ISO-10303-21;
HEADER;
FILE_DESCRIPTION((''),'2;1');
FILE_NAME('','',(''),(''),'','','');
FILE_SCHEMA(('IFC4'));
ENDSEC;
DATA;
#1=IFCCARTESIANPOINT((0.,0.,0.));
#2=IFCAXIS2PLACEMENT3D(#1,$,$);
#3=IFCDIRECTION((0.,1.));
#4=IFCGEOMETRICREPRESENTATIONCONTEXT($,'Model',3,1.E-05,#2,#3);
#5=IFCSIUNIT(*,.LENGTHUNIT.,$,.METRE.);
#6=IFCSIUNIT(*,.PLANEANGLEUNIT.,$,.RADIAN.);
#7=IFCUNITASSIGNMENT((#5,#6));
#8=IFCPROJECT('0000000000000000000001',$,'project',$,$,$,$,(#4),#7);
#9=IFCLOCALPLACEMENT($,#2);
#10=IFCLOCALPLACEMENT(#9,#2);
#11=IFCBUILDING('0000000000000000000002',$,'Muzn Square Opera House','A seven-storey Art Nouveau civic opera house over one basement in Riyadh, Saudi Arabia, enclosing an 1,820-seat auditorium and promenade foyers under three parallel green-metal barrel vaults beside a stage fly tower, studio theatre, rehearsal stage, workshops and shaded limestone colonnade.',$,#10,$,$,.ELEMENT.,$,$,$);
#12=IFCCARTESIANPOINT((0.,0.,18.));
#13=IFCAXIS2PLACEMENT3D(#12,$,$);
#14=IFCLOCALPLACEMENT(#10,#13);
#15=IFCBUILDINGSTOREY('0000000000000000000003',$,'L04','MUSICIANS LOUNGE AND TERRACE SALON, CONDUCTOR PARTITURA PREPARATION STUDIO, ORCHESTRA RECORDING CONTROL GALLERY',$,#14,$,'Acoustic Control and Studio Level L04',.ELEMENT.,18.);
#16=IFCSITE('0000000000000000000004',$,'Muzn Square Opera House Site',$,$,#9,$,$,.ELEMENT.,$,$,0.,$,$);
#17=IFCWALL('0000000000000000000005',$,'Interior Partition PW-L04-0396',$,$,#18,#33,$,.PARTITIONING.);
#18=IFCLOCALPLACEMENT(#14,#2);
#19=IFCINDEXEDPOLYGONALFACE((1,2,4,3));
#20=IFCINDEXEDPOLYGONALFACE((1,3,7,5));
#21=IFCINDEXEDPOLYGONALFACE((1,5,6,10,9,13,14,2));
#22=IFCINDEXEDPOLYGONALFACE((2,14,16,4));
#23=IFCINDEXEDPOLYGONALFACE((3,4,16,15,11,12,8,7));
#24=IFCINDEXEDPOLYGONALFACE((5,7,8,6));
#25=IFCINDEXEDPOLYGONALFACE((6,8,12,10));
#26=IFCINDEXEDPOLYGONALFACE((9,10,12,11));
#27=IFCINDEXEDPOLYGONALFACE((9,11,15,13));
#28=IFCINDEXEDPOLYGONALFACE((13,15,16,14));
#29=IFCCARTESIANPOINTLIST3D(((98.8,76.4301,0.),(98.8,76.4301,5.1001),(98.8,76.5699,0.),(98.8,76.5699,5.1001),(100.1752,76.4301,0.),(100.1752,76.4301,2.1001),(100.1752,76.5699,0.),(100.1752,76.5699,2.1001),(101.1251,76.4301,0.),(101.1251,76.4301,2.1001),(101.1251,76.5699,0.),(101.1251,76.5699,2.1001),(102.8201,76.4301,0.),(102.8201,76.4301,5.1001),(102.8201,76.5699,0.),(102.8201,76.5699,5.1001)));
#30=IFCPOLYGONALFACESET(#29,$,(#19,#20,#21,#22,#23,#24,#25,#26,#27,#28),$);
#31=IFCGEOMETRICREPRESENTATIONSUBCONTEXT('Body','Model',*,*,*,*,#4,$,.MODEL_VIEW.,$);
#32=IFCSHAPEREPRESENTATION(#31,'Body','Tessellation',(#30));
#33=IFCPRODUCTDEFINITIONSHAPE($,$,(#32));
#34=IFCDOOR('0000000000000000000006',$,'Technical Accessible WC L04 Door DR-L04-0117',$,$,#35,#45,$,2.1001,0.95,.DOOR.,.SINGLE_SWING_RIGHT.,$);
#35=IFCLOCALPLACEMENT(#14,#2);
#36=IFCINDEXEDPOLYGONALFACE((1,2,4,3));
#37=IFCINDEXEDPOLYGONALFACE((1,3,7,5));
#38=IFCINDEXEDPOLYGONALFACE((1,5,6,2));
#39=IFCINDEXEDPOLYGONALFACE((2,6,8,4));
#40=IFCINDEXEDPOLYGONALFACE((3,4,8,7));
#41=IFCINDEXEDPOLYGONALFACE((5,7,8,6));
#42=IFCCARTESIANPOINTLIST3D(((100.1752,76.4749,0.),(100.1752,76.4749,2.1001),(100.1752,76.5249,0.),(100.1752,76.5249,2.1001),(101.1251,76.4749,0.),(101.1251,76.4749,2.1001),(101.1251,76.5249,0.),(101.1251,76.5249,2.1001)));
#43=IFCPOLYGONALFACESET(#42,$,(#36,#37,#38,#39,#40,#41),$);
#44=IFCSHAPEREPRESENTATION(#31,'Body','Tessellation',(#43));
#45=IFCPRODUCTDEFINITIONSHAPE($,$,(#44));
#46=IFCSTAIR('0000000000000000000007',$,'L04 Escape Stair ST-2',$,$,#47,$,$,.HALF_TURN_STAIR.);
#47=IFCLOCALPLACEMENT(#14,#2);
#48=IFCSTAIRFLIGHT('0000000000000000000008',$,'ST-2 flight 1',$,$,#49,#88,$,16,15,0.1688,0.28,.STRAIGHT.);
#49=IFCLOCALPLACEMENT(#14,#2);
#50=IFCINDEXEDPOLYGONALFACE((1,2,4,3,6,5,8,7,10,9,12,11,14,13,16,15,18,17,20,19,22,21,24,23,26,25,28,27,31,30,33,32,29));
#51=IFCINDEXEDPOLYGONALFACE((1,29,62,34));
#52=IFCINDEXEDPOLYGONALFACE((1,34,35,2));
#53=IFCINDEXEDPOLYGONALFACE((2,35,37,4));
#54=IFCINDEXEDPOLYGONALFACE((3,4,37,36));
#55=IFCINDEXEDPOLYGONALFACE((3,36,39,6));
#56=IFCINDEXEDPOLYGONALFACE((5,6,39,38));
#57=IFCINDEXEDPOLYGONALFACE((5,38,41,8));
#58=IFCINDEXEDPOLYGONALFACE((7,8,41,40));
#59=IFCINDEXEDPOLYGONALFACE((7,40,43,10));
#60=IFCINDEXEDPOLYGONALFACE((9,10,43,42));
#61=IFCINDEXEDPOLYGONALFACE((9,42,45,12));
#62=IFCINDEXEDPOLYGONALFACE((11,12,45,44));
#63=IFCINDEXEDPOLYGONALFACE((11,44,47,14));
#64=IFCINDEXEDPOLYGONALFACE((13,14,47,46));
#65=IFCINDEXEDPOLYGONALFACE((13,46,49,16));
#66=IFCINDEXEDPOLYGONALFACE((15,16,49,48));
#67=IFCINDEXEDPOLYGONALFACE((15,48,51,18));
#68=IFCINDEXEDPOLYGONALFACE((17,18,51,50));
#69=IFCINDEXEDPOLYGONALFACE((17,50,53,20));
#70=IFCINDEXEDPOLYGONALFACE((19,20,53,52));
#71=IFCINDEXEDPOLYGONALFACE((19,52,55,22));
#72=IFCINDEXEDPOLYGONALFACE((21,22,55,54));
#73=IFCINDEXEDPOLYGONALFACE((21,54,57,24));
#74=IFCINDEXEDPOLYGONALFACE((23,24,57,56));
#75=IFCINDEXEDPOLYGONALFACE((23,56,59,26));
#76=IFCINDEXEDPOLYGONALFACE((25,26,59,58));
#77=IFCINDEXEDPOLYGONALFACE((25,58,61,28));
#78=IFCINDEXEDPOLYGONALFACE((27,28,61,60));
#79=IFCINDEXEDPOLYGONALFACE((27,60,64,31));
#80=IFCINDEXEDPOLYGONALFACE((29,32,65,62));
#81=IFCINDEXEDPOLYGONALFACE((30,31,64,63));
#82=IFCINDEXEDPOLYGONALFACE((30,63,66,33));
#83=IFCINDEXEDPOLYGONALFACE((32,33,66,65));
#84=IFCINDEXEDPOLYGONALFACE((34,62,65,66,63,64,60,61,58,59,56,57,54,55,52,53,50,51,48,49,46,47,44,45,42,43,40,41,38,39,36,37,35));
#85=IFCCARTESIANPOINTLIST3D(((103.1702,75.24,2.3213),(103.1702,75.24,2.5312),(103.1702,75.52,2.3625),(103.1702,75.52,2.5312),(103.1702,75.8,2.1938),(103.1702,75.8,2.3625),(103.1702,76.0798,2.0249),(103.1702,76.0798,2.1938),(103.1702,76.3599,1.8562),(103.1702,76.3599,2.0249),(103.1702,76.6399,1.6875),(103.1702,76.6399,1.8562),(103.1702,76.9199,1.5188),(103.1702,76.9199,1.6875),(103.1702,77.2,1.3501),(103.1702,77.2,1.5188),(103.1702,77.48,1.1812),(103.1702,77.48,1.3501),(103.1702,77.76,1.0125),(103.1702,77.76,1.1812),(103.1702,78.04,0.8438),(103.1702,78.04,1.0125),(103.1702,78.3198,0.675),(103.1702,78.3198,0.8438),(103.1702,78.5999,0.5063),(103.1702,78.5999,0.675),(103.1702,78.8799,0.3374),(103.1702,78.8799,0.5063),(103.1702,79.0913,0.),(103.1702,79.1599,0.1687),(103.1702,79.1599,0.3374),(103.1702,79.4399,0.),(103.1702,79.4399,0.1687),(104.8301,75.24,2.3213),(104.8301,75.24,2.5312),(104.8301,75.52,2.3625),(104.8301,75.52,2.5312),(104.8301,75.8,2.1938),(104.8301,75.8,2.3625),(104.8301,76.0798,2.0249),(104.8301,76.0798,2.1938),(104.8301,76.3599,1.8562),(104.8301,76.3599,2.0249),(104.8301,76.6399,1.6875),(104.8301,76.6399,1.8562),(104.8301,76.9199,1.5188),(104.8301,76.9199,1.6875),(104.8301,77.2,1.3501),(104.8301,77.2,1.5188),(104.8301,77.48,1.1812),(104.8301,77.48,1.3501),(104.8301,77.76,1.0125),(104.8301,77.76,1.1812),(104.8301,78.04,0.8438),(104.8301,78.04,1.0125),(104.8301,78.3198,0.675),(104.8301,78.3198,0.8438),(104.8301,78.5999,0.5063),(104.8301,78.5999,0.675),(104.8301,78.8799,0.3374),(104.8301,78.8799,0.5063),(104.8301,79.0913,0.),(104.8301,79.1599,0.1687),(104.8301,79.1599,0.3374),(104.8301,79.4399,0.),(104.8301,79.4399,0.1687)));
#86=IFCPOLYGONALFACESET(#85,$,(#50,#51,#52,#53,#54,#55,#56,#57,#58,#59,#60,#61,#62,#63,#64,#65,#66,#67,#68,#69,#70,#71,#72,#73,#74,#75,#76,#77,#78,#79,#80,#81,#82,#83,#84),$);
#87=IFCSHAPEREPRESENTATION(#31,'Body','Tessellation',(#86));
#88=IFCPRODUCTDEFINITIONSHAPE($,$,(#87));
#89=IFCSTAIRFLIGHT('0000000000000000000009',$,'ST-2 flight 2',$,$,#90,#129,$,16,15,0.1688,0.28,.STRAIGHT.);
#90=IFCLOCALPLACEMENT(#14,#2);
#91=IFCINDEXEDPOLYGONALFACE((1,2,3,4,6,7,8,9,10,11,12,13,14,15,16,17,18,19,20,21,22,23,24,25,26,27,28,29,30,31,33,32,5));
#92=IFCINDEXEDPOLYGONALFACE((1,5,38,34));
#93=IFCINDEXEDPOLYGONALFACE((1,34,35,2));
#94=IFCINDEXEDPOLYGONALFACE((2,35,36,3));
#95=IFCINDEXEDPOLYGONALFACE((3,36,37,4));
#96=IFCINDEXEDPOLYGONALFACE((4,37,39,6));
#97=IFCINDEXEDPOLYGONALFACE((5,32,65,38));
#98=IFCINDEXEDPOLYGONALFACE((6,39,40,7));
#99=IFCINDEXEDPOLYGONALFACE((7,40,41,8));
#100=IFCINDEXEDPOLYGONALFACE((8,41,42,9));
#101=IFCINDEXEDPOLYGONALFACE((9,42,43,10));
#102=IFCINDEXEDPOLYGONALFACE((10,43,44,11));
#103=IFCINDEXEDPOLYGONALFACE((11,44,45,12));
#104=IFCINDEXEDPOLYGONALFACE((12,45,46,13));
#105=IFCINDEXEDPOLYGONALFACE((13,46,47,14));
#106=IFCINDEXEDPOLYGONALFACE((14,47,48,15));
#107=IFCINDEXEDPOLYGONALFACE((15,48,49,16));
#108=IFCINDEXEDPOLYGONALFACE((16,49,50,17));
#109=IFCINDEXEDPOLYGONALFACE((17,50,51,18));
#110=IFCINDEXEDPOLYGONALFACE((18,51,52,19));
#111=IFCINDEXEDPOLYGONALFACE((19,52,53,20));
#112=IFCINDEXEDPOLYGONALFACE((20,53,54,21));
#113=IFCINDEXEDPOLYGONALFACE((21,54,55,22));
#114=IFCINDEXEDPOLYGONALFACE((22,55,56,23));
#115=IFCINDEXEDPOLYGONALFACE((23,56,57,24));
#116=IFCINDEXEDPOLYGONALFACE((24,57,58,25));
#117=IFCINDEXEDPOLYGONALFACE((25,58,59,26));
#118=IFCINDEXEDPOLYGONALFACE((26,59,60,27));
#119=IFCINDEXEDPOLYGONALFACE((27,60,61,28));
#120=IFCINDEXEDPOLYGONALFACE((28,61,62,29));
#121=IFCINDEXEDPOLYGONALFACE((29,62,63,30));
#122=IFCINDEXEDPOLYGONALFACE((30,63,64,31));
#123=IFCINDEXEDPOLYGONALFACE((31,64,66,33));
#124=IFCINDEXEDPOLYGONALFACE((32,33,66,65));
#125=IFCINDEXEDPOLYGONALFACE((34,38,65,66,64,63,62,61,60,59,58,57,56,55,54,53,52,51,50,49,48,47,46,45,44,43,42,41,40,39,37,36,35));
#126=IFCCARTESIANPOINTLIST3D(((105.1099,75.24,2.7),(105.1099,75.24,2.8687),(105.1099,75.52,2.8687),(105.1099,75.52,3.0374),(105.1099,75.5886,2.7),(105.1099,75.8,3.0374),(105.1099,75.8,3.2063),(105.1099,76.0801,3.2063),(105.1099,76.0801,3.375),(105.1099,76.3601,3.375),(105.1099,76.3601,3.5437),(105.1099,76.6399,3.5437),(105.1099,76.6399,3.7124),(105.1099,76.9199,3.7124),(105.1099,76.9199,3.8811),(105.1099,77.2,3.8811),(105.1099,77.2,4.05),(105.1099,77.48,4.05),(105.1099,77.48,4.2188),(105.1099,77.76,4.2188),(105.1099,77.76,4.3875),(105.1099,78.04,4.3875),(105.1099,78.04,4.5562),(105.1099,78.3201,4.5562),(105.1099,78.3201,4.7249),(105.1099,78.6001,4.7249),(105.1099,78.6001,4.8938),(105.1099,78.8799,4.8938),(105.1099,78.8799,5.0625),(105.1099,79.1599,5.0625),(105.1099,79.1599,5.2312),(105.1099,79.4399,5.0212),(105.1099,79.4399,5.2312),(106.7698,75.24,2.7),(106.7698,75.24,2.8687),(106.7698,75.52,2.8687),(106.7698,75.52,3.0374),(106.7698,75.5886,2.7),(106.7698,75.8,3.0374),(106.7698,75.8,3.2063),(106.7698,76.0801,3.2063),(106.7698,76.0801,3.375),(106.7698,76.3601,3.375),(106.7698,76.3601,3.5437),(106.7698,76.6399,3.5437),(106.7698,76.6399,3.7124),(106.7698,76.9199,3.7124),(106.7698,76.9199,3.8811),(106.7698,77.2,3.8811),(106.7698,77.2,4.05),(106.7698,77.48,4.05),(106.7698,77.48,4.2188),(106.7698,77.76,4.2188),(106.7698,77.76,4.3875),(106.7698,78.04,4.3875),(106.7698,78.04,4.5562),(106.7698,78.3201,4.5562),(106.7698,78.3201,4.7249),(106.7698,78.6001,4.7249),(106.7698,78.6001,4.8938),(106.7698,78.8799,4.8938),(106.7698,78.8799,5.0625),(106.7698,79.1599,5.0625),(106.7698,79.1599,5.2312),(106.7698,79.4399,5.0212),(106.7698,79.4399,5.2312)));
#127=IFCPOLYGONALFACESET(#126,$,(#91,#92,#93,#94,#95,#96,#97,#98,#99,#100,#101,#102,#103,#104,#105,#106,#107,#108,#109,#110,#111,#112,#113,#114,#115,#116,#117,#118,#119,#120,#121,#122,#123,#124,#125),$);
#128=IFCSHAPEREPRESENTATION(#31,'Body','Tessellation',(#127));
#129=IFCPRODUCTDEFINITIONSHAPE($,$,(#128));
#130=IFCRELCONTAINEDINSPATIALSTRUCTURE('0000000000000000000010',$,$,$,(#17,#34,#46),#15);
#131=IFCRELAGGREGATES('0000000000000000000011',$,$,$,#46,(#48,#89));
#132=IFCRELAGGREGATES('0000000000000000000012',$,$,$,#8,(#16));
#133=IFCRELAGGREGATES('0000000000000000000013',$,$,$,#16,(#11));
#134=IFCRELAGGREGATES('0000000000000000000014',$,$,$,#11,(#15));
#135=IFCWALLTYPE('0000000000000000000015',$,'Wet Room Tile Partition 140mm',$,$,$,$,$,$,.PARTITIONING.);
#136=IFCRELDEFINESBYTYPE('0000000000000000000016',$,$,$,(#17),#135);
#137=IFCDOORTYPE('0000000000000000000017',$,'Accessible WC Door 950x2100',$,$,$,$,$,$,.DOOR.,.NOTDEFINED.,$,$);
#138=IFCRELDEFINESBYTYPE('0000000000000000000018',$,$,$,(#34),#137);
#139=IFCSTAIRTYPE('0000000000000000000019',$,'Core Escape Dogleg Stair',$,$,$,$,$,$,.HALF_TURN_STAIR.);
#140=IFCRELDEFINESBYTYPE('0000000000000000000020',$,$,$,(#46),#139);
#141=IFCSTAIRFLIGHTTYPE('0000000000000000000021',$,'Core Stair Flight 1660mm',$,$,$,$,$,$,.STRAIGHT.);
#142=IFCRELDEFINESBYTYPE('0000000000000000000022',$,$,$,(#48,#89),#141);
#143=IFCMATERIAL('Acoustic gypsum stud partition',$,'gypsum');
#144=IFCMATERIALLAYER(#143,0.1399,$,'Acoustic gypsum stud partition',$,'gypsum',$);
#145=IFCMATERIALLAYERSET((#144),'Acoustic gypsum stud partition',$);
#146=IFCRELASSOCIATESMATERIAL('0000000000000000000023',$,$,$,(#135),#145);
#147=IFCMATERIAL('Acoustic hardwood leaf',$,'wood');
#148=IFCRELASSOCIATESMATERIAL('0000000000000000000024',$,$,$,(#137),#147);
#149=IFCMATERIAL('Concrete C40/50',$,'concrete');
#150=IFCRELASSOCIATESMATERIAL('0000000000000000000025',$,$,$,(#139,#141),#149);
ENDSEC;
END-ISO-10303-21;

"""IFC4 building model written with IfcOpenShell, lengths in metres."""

from ifc_helpers import new_model, si_unit, direction, frame, frame_2d, origin, place, context, subcontext, project, spatial, polyline, rectangle, outline, extrude, material, layer, layer_set, type_object, element, fill, aggregate, save


model = new_model("IFC4")

# Units and contexts
model_context = context("Model", 3, precision=1e-05, world=origin(), true_north=direction((0.0, 1.0)))
body_context = subcontext(model_context, "Body", "Model", "MODEL_VIEW")
ifc_project = project(units=[si_unit("LENGTHUNIT", "METRE"), si_unit("PLANEANGLEUNIT", "RADIAN")], contexts=[model_context])

# Site, building, storey
site_placement = place(None, origin())
site = spatial("IfcSite", under=ifc_project, at=site_placement, Name="Muzn Square Opera House Site", CompositionType="ELEMENT", RefElevation=0.0)
building_placement = place(site_placement, origin())
building = spatial("IfcBuilding", under=site, at=building_placement, Name="Muzn Square Opera House", Description="A seven-storey Art Nouveau civic opera house over one basement in Riyadh, Saudi Arabia, enclosing an 1,820-seat auditorium and promenade foyers under three parallel green-metal barrel vaults beside a stage fly tower, studio theatre, rehearsal stage, workshops and shaded limestone colonnade.", CompositionType="ELEMENT")
storey_placement = place(building_placement, frame((0.0, 0.0, 18.0)))
storey = spatial("IfcBuildingStorey", under=building, at=storey_placement, Name="L04", Description="MUSICIANS LOUNGE AND TERRACE SALON, CONDUCTOR PARTITURA PREPARATION STUDIO, ORCHESTRA RECORDING CONTROL GALLERY", LongName="Acoustic Control and Studio Level L04", CompositionType="ELEMENT", Elevation=18.0)

# Shared definitions
ifc_material_1 = material(Name="Concrete C40/50", Category="concrete")

# Shared definitions
ifc_material_2 = material(Name="Acoustic gypsum stud partition", Category="gypsum")
ifc_material_3 = material(Name="Acoustic hardwood leaf", Category="wood")

# Wall, opening, door
ifc_layer_1 = layer(ifc_material_2, 0.1399, Name="Acoustic gypsum stud partition", Category="gypsum")
ifc_layer_set_1 = layer_set([ifc_layer_1], Name="Acoustic gypsum stud partition")
wall_type_1 = type_object("IfcWallType", Name="Wet Room Tile Partition 140mm", PredefinedType="PARTITIONING", material=ifc_layer_set_1)
wall_1_placement = place(storey_placement, frame((98.8, 76.5, 0.0), z_axis=(0.0, 0.0, 1.0), x_axis=(1.0, 0.0, 0.0)))
wall_1 = element("IfcWall", 1, at=wall_1_placement, inside=storey, type_object=wall_type_1, Name="Interior Partition PW-L04-0396", PredefinedType="PARTITIONING", context=body_context, shape_type="SweptSolid", body=[
    extrude(rectangle(XDim=4.02, YDim=0.1399, at=frame_2d((2.01, 0.0))), origin(), (0.0, 0.0, 1.0), 5.1001),
])
opening_1_placement = place(wall_1_placement, frame((1.375, 0.0, 0.0)))
opening_1 = element("IfcOpeningElement", 2, at=opening_1_placement, cuts=wall_1, PredefinedType="OPENING", context=body_context, shape_type="SweptSolid", body=[
    extrude(rectangle(XDim=0.95, YDim=2.1001, at=frame_2d((0.4751, 1.05))), frame((0.0, 0.0798, 0.0), z_axis=(0.0, -1.0, 0.0), x_axis=(1.0, 0.0, 0.0)), (0.0, 0.0, 1.0), 0.1599),
])
door_type_1 = type_object("IfcDoorType", Name="Accessible WC Door 950x2100", OperationType="NOTDEFINED", PredefinedType="DOOR", material=ifc_material_3)
door_1_placement = place(opening_1_placement, origin())
door_1 = element("IfcDoor", 3, at=door_1_placement, inside=storey, type_object=door_type_1, Name="Technical Accessible WC L04 Door DR-L04-0117", OperationType="SINGLE_SWING_RIGHT", OverallHeight=2.1001, OverallWidth=0.95, PredefinedType="DOOR", context=body_context, shape_type="SweptSolid", body=[
    extrude(rectangle(XDim=0.95, YDim=2.1001, at=frame_2d((0.4751, 1.05))), frame((0.0, 0.0249, 0.0), z_axis=(0.0, -1.0, 0.0), x_axis=(1.0, 0.0, 0.0)), (0.0, 0.0, 1.0), 0.05),
])
fill(opening_1, door_1)

# Stair, stair flights
stair_type = type_object("IfcStairType", Name="Core Escape Dogleg Stair", PredefinedType="HALF_TURN_STAIR", material=ifc_material_1)
stair_placement = place(storey_placement, origin())
stair = element("IfcStair", 4, at=stair_placement, inside=storey, type_object=stair_type, Name="L04 Escape Stair ST-2", PredefinedType="HALF_TURN_STAIR")
stair_flight_type = type_object("IfcStairFlightType", Name="Core Stair Flight 1660mm", PredefinedType="STRAIGHT", material=ifc_material_1)
stair_flight_1_placement = place(storey_placement, frame((104.0, 79.4399, 0.0), z_axis=(0.0, 0.0, 1.0), x_axis=(0.0, -1.0, 0.0)))
stair_flight_1 = element("IfcStairFlight", 5, at=stair_flight_1_placement, type_object=stair_flight_type, Name="ST-2 flight 1", NumberOfRisers=16, NumberOfTreads=15, PredefinedType="STRAIGHT", RiserHeight=0.1688, TreadLength=0.28, context=body_context, shape_type="SweptSolid", body=[
    extrude(outline(polyline([(0.0, 0.0), (0.0, 0.1687), (0.28, 0.1687), (0.28, 0.3374), (0.5601, 0.3374), (0.5601, 0.5063), (0.8401, 0.5063), (0.8401, 0.675), (1.1201, 0.675), (1.1201, 0.8438), (1.3999, 0.8438), (1.3999, 1.0125), (1.6799, 1.0125), (1.6799, 1.1812), (1.96, 1.1812), (1.96, 1.3501), (2.24, 1.3501), (2.24, 1.5188), (2.52, 1.5188), (2.52, 1.6875), (2.8, 1.6875), (2.8, 1.8562), (3.0801, 1.8562), (3.0801, 2.0249), (3.3601, 2.0249), (3.3601, 2.1938), (3.6399, 2.1938), (3.6399, 2.3625), (3.9199, 2.3625), (3.9199, 2.5312), (4.2, 2.5312), (4.2, 2.7), (4.2, 2.3213), (0.3486, 0.0), (0.0, 0.0)])), frame((0.0, 0.8301, 0.0), z_axis=(0.0, -1.0, 0.0), x_axis=(1.0, 0.0, 0.0)), (0.0, 0.0, 1.0), 1.6599),
])
stair_flight_2_placement = place(storey_placement, frame((105.9399, 75.24, 2.7), z_axis=(0.0, 0.0, 1.0), x_axis=(0.0, 1.0, 0.0)))
stair_flight_2 = element("IfcStairFlight", 6, at=stair_flight_2_placement, type_object=stair_flight_type, Name="ST-2 flight 2", NumberOfRisers=16, NumberOfTreads=15, PredefinedType="STRAIGHT", RiserHeight=0.1688, TreadLength=0.28, context=body_context, shape_type="SweptSolid", body=[
    extrude(outline(polyline([(0.0, 0.0), (0.0, 0.1687), (0.28, 0.1687), (0.28, 0.3374), (0.5601, 0.3374), (0.5601, 0.5063), (0.8401, 0.5063), (0.8401, 0.675), (1.1201, 0.675), (1.1201, 0.8438), (1.3999, 0.8438), (1.3999, 1.0125), (1.6799, 1.0125), (1.6799, 1.1812), (1.96, 1.1812), (1.96, 1.3501), (2.24, 1.3501), (2.24, 1.5188), (2.52, 1.5188), (2.52, 1.6875), (2.8, 1.6875), (2.8, 1.8562), (3.0801, 1.8562), (3.0801, 2.0249), (3.3601, 2.0249), (3.3601, 2.1938), (3.6399, 2.1938), (3.6399, 2.3625), (3.9199, 2.3625), (3.9199, 2.5312), (4.2, 2.5312), (4.2, 2.7), (4.2, 2.3213), (0.3486, 0.0), (0.0, 0.0)])), frame((0.0, 0.8301, 0.0), z_axis=(0.0, -1.0, 0.0), x_axis=(1.0, 0.0, 0.0)), (0.0, 0.0, 1.0), 1.6599),
])
aggregate(stair, [stair_flight_1, stair_flight_2])

save(model, "model.ifc")
